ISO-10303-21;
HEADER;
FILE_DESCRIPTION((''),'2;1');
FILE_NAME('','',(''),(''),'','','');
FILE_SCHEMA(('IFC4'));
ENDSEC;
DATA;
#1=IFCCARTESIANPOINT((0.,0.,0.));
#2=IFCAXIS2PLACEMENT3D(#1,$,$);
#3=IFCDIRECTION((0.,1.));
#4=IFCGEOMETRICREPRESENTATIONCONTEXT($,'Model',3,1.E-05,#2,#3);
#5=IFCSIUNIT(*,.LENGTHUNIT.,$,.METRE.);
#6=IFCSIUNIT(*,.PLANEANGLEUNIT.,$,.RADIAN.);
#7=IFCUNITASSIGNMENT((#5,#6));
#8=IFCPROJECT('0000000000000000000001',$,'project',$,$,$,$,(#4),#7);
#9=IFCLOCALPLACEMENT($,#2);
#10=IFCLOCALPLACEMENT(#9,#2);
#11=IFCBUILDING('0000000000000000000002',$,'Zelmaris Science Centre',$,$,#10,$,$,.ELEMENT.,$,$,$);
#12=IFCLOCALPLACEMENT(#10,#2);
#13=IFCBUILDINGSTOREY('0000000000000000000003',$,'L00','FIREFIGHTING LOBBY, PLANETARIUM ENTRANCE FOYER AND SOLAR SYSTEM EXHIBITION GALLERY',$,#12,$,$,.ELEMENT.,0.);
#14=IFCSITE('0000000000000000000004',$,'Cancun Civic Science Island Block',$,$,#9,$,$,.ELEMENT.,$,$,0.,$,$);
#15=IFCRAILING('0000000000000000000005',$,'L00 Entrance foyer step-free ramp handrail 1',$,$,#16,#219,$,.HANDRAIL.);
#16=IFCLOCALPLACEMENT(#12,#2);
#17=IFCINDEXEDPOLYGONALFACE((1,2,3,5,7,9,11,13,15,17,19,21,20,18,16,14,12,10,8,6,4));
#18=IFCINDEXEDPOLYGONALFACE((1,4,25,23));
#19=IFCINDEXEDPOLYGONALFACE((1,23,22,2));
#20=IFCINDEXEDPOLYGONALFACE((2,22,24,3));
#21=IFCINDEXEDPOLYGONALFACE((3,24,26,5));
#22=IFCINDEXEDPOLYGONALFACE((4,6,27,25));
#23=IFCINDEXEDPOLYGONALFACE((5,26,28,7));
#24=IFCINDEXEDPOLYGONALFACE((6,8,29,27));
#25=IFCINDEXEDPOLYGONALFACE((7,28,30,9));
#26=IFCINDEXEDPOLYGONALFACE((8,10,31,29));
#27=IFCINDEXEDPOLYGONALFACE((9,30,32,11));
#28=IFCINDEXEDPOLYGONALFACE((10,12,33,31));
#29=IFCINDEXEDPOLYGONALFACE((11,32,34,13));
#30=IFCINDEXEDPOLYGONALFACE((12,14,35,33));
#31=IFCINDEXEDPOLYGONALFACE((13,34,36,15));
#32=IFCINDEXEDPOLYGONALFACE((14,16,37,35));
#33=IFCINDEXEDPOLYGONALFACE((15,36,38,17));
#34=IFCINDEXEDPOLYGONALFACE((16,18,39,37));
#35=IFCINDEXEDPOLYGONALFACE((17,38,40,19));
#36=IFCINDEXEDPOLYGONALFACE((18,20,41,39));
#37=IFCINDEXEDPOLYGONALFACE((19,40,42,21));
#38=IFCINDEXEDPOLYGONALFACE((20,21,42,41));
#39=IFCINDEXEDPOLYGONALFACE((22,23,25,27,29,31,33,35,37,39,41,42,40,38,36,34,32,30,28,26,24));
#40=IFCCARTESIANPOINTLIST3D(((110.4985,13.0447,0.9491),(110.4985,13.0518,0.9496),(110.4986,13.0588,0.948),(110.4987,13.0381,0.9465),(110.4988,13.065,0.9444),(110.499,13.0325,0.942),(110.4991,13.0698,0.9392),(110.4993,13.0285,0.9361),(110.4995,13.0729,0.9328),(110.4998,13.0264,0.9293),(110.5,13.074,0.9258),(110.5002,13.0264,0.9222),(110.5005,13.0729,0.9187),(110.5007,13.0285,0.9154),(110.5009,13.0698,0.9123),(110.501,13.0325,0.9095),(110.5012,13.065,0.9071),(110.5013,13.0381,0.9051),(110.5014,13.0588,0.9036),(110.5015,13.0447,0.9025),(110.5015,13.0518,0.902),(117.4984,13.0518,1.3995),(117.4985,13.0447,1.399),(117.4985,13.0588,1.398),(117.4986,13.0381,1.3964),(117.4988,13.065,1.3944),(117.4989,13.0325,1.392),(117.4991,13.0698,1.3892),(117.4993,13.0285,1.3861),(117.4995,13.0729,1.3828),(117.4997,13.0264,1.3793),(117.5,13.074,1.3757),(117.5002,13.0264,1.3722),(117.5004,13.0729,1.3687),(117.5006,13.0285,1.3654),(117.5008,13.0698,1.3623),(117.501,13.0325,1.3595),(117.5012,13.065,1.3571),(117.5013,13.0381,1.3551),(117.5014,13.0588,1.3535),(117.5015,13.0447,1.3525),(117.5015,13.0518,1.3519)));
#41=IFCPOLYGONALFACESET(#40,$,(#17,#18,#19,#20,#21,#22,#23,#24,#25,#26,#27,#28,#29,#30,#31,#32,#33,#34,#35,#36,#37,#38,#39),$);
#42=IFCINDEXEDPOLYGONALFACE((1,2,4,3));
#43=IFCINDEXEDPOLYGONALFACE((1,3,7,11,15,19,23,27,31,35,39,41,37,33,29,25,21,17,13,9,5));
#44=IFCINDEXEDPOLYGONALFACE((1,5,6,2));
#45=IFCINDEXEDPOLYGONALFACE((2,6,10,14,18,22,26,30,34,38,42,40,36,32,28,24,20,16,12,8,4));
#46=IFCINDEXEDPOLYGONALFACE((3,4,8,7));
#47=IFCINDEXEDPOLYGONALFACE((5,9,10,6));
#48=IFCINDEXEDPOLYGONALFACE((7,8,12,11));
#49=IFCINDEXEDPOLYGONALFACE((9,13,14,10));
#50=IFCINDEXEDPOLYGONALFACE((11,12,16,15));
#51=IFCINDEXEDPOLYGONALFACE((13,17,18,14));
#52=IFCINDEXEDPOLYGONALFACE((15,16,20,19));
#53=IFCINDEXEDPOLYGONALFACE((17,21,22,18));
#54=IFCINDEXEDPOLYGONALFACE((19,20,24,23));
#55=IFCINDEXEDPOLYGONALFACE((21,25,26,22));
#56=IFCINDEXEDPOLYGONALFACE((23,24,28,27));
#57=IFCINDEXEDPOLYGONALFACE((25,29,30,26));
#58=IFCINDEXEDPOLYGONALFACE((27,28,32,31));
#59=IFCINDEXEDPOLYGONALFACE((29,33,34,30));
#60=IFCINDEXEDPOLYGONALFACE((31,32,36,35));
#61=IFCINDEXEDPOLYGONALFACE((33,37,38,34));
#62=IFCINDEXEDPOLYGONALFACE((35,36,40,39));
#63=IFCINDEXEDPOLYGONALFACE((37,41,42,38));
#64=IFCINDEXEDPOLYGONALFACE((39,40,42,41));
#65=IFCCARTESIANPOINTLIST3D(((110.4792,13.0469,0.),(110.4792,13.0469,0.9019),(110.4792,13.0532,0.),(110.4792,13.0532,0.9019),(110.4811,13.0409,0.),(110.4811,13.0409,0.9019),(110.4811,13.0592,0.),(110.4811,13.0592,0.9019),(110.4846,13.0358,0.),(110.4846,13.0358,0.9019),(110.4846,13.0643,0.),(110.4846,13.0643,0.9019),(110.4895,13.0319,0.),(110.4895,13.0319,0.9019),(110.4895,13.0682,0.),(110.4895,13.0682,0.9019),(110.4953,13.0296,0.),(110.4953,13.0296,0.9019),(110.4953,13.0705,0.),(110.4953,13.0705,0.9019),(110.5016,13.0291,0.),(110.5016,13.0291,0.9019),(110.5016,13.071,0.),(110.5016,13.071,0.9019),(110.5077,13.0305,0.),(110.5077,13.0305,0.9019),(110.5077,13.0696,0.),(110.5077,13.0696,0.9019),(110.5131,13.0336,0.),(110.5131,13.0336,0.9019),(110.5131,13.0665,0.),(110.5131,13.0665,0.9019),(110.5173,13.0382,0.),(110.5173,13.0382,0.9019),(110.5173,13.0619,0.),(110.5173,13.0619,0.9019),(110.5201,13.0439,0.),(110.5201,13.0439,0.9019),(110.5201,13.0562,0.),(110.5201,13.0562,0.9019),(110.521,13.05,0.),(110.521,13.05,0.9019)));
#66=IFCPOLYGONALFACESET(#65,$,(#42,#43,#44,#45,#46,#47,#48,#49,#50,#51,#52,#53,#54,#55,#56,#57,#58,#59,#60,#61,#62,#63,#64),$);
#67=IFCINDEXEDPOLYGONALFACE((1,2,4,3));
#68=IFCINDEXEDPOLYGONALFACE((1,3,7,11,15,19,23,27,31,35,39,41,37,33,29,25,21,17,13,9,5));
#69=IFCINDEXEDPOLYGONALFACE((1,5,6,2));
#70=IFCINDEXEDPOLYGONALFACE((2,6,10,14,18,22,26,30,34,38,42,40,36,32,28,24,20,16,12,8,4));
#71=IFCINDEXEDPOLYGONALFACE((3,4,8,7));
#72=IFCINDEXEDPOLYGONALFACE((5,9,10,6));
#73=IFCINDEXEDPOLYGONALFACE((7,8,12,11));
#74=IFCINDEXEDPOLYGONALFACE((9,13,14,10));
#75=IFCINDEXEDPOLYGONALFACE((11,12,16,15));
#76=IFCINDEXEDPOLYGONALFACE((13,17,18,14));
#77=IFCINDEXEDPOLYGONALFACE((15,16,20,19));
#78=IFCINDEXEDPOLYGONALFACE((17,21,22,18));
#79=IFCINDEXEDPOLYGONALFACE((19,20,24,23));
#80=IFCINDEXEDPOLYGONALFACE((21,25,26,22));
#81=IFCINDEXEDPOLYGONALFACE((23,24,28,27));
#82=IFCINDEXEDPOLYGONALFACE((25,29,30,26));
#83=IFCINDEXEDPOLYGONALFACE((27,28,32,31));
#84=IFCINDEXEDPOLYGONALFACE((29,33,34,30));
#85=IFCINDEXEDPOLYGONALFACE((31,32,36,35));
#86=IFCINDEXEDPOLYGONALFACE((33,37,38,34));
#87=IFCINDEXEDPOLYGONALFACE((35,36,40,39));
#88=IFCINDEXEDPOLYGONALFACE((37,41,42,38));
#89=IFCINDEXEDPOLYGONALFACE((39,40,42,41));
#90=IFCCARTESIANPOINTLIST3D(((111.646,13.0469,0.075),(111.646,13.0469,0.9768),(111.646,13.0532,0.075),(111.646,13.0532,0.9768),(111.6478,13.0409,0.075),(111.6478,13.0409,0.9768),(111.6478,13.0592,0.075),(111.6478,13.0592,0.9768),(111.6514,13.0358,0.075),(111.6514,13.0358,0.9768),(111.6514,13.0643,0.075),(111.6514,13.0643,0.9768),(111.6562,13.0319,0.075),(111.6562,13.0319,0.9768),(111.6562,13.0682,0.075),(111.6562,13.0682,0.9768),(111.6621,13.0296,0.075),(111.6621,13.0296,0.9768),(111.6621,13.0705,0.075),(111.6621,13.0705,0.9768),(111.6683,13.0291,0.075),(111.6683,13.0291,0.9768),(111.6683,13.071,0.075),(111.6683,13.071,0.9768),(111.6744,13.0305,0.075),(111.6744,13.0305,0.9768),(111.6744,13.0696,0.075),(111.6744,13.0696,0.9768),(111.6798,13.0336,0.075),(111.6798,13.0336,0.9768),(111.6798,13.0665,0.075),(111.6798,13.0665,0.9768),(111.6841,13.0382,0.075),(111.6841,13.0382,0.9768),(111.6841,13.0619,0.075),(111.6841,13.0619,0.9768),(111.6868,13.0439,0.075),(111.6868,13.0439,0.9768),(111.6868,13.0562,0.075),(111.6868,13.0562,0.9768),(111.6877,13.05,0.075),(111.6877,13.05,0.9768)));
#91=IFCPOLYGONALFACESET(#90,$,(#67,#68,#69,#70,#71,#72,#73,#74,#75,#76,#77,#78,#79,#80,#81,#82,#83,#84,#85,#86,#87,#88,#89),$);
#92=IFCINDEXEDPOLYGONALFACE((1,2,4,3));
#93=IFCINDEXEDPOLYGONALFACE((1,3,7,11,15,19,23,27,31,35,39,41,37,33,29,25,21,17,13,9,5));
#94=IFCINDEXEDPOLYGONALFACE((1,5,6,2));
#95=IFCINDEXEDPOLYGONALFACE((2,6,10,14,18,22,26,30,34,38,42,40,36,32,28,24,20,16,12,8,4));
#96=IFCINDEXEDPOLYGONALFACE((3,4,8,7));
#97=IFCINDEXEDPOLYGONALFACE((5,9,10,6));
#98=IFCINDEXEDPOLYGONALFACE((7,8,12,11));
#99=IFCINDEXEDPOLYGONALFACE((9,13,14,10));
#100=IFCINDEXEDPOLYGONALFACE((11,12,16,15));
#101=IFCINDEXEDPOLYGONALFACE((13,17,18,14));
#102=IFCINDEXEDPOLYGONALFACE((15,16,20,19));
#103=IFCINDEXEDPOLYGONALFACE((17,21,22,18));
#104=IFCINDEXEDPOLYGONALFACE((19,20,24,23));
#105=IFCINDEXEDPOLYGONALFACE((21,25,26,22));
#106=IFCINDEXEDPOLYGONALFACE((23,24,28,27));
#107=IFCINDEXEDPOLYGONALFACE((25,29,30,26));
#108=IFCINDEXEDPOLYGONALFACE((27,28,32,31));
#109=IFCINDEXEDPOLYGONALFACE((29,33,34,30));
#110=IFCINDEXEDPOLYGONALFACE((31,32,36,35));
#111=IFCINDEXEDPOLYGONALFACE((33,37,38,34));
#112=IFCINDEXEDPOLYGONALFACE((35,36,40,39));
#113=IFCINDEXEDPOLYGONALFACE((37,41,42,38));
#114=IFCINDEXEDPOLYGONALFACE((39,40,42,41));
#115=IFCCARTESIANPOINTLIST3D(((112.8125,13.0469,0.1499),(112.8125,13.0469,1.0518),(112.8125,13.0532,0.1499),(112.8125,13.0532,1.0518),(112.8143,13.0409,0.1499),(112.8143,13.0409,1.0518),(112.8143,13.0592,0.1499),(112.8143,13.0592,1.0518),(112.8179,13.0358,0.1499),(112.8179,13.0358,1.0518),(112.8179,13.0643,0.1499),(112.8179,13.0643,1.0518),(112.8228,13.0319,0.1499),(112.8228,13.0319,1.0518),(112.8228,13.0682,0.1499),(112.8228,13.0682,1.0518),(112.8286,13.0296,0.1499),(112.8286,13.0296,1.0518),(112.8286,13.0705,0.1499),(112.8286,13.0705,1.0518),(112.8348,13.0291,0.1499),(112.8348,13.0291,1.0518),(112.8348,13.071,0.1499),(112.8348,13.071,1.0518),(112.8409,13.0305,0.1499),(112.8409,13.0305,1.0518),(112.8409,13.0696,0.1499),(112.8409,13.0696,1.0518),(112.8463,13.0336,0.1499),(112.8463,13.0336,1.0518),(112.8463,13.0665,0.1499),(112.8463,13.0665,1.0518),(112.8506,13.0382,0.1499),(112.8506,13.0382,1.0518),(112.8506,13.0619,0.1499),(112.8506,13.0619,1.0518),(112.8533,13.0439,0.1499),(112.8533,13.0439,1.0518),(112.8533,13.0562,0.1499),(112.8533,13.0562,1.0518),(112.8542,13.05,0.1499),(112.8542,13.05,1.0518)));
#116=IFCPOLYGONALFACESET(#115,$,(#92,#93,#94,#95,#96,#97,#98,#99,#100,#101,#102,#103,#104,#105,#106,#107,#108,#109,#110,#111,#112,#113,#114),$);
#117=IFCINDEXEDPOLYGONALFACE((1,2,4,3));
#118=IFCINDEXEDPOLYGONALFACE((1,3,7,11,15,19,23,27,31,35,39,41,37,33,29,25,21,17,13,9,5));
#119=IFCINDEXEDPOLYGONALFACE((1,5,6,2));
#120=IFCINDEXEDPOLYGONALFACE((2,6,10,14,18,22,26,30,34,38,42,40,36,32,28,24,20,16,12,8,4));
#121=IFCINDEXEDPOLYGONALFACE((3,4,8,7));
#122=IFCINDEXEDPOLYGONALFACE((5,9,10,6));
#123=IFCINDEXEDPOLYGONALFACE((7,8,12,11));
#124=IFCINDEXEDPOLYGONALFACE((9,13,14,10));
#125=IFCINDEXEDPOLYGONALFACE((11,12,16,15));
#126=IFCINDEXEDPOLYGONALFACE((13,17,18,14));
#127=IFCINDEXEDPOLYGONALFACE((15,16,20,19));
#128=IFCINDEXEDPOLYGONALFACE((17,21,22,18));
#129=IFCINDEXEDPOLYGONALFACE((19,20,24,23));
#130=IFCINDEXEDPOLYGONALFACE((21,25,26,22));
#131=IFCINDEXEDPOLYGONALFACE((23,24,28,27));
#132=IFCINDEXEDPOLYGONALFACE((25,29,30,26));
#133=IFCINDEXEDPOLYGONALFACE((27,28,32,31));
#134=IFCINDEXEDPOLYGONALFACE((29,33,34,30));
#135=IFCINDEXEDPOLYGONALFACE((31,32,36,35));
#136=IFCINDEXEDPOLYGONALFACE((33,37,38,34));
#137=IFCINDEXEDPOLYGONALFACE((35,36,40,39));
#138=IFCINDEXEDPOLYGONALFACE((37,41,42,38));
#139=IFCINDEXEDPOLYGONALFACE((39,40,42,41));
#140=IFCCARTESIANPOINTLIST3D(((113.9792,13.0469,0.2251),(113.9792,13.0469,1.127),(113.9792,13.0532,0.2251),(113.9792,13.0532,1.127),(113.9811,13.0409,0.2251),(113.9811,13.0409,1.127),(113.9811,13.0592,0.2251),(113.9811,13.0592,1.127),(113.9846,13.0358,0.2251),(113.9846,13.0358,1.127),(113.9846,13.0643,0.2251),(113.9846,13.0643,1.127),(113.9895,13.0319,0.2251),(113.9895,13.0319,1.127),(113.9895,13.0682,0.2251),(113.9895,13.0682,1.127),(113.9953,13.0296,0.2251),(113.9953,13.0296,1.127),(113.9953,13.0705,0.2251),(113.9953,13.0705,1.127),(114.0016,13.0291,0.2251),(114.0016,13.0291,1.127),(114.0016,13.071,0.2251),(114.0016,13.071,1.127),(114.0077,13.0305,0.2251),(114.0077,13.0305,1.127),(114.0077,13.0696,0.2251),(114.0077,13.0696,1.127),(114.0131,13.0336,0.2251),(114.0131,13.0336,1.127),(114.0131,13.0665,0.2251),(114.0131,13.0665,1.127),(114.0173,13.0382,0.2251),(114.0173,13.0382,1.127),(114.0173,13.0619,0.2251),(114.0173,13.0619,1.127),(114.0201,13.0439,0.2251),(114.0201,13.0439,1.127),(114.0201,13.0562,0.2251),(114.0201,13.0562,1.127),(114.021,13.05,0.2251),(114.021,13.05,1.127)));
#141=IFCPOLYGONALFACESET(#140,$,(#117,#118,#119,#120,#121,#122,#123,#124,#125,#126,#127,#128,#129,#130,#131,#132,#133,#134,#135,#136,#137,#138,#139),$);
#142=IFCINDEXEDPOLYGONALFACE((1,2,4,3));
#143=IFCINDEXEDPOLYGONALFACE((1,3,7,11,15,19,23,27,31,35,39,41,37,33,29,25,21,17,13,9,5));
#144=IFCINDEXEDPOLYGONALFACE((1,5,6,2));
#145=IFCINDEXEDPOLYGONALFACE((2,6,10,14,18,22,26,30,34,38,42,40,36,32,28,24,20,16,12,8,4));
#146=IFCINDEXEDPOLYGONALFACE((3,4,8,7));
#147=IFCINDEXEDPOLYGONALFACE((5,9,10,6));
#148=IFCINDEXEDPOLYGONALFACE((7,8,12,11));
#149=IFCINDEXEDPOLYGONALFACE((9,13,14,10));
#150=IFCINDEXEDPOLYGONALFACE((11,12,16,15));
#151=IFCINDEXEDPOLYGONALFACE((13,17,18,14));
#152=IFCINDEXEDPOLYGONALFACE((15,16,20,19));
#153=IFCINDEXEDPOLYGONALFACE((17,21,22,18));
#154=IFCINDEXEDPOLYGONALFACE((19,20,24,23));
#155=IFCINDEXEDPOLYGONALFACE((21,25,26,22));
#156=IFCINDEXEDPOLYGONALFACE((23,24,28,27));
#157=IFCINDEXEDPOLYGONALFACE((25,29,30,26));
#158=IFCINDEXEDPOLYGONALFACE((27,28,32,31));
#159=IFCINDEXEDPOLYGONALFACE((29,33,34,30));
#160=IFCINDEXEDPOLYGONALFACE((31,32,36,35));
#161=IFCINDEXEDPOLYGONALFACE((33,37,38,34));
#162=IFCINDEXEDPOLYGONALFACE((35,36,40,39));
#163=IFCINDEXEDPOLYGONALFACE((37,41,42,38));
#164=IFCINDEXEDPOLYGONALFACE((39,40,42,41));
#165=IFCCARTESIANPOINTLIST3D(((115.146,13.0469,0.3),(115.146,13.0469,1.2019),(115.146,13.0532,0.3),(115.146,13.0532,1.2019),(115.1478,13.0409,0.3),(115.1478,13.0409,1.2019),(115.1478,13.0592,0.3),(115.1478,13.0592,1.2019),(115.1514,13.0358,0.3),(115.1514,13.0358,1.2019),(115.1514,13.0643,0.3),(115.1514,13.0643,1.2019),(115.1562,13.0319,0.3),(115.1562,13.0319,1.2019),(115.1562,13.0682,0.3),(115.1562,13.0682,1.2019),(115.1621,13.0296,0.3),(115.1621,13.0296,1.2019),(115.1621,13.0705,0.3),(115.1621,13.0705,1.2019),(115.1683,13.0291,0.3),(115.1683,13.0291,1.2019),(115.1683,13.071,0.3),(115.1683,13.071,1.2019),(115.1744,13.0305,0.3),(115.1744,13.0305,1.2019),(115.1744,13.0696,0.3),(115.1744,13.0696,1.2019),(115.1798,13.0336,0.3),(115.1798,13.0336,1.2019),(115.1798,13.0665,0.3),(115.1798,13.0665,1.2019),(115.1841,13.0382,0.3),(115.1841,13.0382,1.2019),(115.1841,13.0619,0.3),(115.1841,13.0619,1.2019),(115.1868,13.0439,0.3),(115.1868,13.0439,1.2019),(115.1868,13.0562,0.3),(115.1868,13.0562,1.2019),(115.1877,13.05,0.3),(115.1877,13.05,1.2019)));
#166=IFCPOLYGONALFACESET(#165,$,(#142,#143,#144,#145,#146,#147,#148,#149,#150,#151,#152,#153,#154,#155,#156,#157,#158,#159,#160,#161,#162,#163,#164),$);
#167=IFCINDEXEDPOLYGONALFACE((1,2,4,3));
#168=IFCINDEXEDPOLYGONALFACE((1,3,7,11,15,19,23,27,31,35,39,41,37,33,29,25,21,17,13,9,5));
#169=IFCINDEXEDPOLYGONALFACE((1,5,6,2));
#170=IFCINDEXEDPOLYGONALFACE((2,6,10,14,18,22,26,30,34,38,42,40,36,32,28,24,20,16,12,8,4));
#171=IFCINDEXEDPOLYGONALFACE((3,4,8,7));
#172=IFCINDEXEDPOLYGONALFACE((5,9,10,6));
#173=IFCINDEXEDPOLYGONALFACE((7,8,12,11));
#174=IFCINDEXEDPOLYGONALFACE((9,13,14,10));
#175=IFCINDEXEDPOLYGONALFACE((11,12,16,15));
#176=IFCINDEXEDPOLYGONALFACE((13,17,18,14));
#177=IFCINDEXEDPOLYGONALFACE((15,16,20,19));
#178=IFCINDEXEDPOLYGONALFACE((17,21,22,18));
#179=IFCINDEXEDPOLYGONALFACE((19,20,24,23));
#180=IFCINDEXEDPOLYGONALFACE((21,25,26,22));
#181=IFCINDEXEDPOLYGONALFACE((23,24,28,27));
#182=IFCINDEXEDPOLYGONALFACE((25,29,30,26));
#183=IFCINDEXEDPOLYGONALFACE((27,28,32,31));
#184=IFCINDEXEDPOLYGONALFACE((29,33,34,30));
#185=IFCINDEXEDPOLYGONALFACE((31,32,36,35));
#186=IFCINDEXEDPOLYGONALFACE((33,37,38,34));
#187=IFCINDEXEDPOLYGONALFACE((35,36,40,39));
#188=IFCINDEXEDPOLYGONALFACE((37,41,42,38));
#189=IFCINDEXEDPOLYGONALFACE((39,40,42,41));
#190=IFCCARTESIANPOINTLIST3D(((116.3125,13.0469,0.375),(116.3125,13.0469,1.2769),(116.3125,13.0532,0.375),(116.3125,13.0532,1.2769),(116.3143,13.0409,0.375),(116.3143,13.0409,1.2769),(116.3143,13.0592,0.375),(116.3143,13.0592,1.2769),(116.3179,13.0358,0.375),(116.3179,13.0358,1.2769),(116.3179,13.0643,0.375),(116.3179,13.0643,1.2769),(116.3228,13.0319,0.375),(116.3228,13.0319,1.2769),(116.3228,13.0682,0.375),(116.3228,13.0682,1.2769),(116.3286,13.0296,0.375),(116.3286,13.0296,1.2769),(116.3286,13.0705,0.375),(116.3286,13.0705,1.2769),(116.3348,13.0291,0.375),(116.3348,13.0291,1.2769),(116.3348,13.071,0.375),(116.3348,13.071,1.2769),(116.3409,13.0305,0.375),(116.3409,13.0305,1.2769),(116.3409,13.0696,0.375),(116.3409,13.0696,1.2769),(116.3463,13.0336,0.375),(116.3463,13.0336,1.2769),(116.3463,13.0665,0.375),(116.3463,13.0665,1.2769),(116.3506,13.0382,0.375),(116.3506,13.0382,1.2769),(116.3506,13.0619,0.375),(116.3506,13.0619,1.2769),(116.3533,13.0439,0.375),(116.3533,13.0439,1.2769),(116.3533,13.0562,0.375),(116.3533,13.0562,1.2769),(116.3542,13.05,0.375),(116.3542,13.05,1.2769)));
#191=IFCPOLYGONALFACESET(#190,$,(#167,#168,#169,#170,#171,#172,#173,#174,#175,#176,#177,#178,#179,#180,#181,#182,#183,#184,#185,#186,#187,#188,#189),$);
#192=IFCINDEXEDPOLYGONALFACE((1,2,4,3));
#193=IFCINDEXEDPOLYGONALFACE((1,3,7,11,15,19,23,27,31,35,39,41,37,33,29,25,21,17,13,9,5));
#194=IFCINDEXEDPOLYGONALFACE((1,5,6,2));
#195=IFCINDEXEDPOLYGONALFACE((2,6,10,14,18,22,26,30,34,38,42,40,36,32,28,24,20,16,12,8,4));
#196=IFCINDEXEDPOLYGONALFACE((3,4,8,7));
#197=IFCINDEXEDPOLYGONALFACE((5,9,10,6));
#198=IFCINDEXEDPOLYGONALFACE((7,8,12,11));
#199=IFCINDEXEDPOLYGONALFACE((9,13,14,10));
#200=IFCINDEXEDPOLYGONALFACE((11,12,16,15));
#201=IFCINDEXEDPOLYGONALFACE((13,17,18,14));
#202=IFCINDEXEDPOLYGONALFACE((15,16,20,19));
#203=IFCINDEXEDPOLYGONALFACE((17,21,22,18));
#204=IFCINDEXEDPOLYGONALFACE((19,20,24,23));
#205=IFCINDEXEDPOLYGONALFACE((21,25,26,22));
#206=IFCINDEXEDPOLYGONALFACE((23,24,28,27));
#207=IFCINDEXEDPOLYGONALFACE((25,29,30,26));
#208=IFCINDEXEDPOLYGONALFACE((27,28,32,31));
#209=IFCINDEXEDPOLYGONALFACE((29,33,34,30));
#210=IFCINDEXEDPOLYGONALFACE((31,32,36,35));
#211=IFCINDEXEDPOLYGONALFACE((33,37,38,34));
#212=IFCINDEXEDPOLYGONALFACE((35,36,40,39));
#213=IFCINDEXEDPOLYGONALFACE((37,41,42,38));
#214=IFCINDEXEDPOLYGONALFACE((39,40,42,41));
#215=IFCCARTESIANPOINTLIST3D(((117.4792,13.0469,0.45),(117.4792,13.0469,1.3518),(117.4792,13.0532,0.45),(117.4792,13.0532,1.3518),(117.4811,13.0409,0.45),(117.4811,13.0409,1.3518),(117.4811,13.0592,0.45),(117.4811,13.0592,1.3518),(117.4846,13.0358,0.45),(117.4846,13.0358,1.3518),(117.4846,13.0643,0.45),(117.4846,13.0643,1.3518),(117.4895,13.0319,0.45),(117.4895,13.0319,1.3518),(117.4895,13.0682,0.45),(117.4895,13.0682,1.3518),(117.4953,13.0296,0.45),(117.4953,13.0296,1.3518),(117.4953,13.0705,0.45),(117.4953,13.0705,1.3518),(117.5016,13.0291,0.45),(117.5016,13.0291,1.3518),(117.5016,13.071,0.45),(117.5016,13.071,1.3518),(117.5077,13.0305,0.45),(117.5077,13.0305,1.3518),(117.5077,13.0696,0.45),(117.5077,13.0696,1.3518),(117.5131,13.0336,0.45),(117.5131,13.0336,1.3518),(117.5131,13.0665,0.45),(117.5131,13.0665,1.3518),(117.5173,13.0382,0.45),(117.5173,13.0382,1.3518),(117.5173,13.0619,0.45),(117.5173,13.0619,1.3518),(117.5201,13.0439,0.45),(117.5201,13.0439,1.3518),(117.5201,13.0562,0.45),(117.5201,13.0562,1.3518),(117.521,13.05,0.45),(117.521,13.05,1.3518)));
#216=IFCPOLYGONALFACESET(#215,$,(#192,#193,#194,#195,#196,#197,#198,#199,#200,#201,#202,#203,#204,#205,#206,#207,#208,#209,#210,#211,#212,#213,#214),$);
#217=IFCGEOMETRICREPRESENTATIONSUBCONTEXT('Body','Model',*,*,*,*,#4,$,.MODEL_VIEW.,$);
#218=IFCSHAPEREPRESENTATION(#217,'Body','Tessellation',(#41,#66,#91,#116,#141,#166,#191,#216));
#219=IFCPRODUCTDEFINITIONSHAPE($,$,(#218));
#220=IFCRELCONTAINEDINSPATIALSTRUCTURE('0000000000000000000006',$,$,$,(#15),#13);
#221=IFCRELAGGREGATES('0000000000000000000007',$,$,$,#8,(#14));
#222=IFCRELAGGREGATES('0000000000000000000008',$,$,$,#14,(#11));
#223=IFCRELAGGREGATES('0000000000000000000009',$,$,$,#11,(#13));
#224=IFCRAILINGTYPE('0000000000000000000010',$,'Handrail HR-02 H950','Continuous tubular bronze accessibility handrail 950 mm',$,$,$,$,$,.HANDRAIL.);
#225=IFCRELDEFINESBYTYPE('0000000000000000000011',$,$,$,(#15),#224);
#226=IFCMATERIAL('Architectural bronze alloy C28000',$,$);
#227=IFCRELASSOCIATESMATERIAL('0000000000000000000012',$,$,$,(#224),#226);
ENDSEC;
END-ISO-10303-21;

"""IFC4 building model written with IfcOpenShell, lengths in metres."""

from ifc_helpers import new_model, si_unit, direction, frame, origin, origin_2d, place, context, subcontext, project, spatial, circle, extrude, material, type_object, element, save


model = new_model("IFC4")

# Units and contexts
model_context = context("Model", 3, precision=1e-05, world=origin(), true_north=direction((0.0, 1.0)))
body_context = subcontext(model_context, "Body", "Model", "MODEL_VIEW")
ifc_project = project(units=[si_unit("LENGTHUNIT", "METRE"), si_unit("PLANEANGLEUNIT", "RADIAN")], contexts=[model_context])

# Site, building, storey
site_placement = place(None, origin())
site = spatial("IfcSite", under=ifc_project, at=site_placement, Name="Cancun Civic Science Island Block", CompositionType="ELEMENT", RefElevation=0.0)
building_placement = place(site_placement, origin())
building = spatial("IfcBuilding", under=site, at=building_placement, Name="Zelmaris Science Centre", CompositionType="ELEMENT")
storey_placement = place(building_placement, origin())
storey = spatial("IfcBuildingStorey", under=building, at=storey_placement, Name="L00", Description="FIREFIGHTING LOBBY, PLANETARIUM ENTRANCE FOYER AND SOLAR SYSTEM EXHIBITION GALLERY", CompositionType="ELEMENT", Elevation=0.0)

# Railing
ifc_material_1 = material(Name="Architectural bronze alloy C28000")
railing_type = type_object("IfcRailingType", Name="Handrail HR-02 H950", Description="Continuous tubular bronze accessibility handrail 950 mm", PredefinedType="HANDRAIL", material=ifc_material_1)
railing_placement = place(storey_placement, frame((110.5, 13.05, 0.0)))
element("IfcRailing", 1, at=railing_placement, inside=storey, type_object=railing_type, Name="L00 Entrance foyer step-free ramp handrail 1", PredefinedType="HANDRAIL", context=body_context, shape_type="SweptSolid", body=[
    extrude(circle(Radius=0.0239, at=origin_2d()), frame((0.0, 0.0, 0.9258), z_axis=(0.997941, 0.0, 0.064146), x_axis=(0.0, 1.0, 0.0)), (0.0, 0.0, 1.0), 7.0144),
    extrude(circle(Radius=0.021, at=origin_2d()), origin(), (0.0, 0.0, 1.0), 0.9019),
    extrude(circle(Radius=0.021, at=origin_2d()), frame((1.1667, 0.0, 0.075)), (0.0, 0.0, 1.0), 0.9019),
    extrude(circle(Radius=0.021, at=origin_2d()), frame((2.3333, 0.0, 0.1499)), (0.0, 0.0, 1.0), 0.9019),
    extrude(circle(Radius=0.021, at=origin_2d()), frame((3.5, 0.0, 0.2251)), (0.0, 0.0, 1.0), 0.9019),
    extrude(circle(Radius=0.021, at=origin_2d()), frame((4.6667, 0.0, 0.3)), (0.0, 0.0, 1.0), 0.9019),
    extrude(circle(Radius=0.021, at=origin_2d()), frame((5.8333, 0.0, 0.375)), (0.0, 0.0, 1.0), 0.9019),
    extrude(circle(Radius=0.021, at=origin_2d()), frame((7.0, 0.0, 0.45)), (0.0, 0.0, 1.0), 0.9019),
])

save(model, "model.ifc")
